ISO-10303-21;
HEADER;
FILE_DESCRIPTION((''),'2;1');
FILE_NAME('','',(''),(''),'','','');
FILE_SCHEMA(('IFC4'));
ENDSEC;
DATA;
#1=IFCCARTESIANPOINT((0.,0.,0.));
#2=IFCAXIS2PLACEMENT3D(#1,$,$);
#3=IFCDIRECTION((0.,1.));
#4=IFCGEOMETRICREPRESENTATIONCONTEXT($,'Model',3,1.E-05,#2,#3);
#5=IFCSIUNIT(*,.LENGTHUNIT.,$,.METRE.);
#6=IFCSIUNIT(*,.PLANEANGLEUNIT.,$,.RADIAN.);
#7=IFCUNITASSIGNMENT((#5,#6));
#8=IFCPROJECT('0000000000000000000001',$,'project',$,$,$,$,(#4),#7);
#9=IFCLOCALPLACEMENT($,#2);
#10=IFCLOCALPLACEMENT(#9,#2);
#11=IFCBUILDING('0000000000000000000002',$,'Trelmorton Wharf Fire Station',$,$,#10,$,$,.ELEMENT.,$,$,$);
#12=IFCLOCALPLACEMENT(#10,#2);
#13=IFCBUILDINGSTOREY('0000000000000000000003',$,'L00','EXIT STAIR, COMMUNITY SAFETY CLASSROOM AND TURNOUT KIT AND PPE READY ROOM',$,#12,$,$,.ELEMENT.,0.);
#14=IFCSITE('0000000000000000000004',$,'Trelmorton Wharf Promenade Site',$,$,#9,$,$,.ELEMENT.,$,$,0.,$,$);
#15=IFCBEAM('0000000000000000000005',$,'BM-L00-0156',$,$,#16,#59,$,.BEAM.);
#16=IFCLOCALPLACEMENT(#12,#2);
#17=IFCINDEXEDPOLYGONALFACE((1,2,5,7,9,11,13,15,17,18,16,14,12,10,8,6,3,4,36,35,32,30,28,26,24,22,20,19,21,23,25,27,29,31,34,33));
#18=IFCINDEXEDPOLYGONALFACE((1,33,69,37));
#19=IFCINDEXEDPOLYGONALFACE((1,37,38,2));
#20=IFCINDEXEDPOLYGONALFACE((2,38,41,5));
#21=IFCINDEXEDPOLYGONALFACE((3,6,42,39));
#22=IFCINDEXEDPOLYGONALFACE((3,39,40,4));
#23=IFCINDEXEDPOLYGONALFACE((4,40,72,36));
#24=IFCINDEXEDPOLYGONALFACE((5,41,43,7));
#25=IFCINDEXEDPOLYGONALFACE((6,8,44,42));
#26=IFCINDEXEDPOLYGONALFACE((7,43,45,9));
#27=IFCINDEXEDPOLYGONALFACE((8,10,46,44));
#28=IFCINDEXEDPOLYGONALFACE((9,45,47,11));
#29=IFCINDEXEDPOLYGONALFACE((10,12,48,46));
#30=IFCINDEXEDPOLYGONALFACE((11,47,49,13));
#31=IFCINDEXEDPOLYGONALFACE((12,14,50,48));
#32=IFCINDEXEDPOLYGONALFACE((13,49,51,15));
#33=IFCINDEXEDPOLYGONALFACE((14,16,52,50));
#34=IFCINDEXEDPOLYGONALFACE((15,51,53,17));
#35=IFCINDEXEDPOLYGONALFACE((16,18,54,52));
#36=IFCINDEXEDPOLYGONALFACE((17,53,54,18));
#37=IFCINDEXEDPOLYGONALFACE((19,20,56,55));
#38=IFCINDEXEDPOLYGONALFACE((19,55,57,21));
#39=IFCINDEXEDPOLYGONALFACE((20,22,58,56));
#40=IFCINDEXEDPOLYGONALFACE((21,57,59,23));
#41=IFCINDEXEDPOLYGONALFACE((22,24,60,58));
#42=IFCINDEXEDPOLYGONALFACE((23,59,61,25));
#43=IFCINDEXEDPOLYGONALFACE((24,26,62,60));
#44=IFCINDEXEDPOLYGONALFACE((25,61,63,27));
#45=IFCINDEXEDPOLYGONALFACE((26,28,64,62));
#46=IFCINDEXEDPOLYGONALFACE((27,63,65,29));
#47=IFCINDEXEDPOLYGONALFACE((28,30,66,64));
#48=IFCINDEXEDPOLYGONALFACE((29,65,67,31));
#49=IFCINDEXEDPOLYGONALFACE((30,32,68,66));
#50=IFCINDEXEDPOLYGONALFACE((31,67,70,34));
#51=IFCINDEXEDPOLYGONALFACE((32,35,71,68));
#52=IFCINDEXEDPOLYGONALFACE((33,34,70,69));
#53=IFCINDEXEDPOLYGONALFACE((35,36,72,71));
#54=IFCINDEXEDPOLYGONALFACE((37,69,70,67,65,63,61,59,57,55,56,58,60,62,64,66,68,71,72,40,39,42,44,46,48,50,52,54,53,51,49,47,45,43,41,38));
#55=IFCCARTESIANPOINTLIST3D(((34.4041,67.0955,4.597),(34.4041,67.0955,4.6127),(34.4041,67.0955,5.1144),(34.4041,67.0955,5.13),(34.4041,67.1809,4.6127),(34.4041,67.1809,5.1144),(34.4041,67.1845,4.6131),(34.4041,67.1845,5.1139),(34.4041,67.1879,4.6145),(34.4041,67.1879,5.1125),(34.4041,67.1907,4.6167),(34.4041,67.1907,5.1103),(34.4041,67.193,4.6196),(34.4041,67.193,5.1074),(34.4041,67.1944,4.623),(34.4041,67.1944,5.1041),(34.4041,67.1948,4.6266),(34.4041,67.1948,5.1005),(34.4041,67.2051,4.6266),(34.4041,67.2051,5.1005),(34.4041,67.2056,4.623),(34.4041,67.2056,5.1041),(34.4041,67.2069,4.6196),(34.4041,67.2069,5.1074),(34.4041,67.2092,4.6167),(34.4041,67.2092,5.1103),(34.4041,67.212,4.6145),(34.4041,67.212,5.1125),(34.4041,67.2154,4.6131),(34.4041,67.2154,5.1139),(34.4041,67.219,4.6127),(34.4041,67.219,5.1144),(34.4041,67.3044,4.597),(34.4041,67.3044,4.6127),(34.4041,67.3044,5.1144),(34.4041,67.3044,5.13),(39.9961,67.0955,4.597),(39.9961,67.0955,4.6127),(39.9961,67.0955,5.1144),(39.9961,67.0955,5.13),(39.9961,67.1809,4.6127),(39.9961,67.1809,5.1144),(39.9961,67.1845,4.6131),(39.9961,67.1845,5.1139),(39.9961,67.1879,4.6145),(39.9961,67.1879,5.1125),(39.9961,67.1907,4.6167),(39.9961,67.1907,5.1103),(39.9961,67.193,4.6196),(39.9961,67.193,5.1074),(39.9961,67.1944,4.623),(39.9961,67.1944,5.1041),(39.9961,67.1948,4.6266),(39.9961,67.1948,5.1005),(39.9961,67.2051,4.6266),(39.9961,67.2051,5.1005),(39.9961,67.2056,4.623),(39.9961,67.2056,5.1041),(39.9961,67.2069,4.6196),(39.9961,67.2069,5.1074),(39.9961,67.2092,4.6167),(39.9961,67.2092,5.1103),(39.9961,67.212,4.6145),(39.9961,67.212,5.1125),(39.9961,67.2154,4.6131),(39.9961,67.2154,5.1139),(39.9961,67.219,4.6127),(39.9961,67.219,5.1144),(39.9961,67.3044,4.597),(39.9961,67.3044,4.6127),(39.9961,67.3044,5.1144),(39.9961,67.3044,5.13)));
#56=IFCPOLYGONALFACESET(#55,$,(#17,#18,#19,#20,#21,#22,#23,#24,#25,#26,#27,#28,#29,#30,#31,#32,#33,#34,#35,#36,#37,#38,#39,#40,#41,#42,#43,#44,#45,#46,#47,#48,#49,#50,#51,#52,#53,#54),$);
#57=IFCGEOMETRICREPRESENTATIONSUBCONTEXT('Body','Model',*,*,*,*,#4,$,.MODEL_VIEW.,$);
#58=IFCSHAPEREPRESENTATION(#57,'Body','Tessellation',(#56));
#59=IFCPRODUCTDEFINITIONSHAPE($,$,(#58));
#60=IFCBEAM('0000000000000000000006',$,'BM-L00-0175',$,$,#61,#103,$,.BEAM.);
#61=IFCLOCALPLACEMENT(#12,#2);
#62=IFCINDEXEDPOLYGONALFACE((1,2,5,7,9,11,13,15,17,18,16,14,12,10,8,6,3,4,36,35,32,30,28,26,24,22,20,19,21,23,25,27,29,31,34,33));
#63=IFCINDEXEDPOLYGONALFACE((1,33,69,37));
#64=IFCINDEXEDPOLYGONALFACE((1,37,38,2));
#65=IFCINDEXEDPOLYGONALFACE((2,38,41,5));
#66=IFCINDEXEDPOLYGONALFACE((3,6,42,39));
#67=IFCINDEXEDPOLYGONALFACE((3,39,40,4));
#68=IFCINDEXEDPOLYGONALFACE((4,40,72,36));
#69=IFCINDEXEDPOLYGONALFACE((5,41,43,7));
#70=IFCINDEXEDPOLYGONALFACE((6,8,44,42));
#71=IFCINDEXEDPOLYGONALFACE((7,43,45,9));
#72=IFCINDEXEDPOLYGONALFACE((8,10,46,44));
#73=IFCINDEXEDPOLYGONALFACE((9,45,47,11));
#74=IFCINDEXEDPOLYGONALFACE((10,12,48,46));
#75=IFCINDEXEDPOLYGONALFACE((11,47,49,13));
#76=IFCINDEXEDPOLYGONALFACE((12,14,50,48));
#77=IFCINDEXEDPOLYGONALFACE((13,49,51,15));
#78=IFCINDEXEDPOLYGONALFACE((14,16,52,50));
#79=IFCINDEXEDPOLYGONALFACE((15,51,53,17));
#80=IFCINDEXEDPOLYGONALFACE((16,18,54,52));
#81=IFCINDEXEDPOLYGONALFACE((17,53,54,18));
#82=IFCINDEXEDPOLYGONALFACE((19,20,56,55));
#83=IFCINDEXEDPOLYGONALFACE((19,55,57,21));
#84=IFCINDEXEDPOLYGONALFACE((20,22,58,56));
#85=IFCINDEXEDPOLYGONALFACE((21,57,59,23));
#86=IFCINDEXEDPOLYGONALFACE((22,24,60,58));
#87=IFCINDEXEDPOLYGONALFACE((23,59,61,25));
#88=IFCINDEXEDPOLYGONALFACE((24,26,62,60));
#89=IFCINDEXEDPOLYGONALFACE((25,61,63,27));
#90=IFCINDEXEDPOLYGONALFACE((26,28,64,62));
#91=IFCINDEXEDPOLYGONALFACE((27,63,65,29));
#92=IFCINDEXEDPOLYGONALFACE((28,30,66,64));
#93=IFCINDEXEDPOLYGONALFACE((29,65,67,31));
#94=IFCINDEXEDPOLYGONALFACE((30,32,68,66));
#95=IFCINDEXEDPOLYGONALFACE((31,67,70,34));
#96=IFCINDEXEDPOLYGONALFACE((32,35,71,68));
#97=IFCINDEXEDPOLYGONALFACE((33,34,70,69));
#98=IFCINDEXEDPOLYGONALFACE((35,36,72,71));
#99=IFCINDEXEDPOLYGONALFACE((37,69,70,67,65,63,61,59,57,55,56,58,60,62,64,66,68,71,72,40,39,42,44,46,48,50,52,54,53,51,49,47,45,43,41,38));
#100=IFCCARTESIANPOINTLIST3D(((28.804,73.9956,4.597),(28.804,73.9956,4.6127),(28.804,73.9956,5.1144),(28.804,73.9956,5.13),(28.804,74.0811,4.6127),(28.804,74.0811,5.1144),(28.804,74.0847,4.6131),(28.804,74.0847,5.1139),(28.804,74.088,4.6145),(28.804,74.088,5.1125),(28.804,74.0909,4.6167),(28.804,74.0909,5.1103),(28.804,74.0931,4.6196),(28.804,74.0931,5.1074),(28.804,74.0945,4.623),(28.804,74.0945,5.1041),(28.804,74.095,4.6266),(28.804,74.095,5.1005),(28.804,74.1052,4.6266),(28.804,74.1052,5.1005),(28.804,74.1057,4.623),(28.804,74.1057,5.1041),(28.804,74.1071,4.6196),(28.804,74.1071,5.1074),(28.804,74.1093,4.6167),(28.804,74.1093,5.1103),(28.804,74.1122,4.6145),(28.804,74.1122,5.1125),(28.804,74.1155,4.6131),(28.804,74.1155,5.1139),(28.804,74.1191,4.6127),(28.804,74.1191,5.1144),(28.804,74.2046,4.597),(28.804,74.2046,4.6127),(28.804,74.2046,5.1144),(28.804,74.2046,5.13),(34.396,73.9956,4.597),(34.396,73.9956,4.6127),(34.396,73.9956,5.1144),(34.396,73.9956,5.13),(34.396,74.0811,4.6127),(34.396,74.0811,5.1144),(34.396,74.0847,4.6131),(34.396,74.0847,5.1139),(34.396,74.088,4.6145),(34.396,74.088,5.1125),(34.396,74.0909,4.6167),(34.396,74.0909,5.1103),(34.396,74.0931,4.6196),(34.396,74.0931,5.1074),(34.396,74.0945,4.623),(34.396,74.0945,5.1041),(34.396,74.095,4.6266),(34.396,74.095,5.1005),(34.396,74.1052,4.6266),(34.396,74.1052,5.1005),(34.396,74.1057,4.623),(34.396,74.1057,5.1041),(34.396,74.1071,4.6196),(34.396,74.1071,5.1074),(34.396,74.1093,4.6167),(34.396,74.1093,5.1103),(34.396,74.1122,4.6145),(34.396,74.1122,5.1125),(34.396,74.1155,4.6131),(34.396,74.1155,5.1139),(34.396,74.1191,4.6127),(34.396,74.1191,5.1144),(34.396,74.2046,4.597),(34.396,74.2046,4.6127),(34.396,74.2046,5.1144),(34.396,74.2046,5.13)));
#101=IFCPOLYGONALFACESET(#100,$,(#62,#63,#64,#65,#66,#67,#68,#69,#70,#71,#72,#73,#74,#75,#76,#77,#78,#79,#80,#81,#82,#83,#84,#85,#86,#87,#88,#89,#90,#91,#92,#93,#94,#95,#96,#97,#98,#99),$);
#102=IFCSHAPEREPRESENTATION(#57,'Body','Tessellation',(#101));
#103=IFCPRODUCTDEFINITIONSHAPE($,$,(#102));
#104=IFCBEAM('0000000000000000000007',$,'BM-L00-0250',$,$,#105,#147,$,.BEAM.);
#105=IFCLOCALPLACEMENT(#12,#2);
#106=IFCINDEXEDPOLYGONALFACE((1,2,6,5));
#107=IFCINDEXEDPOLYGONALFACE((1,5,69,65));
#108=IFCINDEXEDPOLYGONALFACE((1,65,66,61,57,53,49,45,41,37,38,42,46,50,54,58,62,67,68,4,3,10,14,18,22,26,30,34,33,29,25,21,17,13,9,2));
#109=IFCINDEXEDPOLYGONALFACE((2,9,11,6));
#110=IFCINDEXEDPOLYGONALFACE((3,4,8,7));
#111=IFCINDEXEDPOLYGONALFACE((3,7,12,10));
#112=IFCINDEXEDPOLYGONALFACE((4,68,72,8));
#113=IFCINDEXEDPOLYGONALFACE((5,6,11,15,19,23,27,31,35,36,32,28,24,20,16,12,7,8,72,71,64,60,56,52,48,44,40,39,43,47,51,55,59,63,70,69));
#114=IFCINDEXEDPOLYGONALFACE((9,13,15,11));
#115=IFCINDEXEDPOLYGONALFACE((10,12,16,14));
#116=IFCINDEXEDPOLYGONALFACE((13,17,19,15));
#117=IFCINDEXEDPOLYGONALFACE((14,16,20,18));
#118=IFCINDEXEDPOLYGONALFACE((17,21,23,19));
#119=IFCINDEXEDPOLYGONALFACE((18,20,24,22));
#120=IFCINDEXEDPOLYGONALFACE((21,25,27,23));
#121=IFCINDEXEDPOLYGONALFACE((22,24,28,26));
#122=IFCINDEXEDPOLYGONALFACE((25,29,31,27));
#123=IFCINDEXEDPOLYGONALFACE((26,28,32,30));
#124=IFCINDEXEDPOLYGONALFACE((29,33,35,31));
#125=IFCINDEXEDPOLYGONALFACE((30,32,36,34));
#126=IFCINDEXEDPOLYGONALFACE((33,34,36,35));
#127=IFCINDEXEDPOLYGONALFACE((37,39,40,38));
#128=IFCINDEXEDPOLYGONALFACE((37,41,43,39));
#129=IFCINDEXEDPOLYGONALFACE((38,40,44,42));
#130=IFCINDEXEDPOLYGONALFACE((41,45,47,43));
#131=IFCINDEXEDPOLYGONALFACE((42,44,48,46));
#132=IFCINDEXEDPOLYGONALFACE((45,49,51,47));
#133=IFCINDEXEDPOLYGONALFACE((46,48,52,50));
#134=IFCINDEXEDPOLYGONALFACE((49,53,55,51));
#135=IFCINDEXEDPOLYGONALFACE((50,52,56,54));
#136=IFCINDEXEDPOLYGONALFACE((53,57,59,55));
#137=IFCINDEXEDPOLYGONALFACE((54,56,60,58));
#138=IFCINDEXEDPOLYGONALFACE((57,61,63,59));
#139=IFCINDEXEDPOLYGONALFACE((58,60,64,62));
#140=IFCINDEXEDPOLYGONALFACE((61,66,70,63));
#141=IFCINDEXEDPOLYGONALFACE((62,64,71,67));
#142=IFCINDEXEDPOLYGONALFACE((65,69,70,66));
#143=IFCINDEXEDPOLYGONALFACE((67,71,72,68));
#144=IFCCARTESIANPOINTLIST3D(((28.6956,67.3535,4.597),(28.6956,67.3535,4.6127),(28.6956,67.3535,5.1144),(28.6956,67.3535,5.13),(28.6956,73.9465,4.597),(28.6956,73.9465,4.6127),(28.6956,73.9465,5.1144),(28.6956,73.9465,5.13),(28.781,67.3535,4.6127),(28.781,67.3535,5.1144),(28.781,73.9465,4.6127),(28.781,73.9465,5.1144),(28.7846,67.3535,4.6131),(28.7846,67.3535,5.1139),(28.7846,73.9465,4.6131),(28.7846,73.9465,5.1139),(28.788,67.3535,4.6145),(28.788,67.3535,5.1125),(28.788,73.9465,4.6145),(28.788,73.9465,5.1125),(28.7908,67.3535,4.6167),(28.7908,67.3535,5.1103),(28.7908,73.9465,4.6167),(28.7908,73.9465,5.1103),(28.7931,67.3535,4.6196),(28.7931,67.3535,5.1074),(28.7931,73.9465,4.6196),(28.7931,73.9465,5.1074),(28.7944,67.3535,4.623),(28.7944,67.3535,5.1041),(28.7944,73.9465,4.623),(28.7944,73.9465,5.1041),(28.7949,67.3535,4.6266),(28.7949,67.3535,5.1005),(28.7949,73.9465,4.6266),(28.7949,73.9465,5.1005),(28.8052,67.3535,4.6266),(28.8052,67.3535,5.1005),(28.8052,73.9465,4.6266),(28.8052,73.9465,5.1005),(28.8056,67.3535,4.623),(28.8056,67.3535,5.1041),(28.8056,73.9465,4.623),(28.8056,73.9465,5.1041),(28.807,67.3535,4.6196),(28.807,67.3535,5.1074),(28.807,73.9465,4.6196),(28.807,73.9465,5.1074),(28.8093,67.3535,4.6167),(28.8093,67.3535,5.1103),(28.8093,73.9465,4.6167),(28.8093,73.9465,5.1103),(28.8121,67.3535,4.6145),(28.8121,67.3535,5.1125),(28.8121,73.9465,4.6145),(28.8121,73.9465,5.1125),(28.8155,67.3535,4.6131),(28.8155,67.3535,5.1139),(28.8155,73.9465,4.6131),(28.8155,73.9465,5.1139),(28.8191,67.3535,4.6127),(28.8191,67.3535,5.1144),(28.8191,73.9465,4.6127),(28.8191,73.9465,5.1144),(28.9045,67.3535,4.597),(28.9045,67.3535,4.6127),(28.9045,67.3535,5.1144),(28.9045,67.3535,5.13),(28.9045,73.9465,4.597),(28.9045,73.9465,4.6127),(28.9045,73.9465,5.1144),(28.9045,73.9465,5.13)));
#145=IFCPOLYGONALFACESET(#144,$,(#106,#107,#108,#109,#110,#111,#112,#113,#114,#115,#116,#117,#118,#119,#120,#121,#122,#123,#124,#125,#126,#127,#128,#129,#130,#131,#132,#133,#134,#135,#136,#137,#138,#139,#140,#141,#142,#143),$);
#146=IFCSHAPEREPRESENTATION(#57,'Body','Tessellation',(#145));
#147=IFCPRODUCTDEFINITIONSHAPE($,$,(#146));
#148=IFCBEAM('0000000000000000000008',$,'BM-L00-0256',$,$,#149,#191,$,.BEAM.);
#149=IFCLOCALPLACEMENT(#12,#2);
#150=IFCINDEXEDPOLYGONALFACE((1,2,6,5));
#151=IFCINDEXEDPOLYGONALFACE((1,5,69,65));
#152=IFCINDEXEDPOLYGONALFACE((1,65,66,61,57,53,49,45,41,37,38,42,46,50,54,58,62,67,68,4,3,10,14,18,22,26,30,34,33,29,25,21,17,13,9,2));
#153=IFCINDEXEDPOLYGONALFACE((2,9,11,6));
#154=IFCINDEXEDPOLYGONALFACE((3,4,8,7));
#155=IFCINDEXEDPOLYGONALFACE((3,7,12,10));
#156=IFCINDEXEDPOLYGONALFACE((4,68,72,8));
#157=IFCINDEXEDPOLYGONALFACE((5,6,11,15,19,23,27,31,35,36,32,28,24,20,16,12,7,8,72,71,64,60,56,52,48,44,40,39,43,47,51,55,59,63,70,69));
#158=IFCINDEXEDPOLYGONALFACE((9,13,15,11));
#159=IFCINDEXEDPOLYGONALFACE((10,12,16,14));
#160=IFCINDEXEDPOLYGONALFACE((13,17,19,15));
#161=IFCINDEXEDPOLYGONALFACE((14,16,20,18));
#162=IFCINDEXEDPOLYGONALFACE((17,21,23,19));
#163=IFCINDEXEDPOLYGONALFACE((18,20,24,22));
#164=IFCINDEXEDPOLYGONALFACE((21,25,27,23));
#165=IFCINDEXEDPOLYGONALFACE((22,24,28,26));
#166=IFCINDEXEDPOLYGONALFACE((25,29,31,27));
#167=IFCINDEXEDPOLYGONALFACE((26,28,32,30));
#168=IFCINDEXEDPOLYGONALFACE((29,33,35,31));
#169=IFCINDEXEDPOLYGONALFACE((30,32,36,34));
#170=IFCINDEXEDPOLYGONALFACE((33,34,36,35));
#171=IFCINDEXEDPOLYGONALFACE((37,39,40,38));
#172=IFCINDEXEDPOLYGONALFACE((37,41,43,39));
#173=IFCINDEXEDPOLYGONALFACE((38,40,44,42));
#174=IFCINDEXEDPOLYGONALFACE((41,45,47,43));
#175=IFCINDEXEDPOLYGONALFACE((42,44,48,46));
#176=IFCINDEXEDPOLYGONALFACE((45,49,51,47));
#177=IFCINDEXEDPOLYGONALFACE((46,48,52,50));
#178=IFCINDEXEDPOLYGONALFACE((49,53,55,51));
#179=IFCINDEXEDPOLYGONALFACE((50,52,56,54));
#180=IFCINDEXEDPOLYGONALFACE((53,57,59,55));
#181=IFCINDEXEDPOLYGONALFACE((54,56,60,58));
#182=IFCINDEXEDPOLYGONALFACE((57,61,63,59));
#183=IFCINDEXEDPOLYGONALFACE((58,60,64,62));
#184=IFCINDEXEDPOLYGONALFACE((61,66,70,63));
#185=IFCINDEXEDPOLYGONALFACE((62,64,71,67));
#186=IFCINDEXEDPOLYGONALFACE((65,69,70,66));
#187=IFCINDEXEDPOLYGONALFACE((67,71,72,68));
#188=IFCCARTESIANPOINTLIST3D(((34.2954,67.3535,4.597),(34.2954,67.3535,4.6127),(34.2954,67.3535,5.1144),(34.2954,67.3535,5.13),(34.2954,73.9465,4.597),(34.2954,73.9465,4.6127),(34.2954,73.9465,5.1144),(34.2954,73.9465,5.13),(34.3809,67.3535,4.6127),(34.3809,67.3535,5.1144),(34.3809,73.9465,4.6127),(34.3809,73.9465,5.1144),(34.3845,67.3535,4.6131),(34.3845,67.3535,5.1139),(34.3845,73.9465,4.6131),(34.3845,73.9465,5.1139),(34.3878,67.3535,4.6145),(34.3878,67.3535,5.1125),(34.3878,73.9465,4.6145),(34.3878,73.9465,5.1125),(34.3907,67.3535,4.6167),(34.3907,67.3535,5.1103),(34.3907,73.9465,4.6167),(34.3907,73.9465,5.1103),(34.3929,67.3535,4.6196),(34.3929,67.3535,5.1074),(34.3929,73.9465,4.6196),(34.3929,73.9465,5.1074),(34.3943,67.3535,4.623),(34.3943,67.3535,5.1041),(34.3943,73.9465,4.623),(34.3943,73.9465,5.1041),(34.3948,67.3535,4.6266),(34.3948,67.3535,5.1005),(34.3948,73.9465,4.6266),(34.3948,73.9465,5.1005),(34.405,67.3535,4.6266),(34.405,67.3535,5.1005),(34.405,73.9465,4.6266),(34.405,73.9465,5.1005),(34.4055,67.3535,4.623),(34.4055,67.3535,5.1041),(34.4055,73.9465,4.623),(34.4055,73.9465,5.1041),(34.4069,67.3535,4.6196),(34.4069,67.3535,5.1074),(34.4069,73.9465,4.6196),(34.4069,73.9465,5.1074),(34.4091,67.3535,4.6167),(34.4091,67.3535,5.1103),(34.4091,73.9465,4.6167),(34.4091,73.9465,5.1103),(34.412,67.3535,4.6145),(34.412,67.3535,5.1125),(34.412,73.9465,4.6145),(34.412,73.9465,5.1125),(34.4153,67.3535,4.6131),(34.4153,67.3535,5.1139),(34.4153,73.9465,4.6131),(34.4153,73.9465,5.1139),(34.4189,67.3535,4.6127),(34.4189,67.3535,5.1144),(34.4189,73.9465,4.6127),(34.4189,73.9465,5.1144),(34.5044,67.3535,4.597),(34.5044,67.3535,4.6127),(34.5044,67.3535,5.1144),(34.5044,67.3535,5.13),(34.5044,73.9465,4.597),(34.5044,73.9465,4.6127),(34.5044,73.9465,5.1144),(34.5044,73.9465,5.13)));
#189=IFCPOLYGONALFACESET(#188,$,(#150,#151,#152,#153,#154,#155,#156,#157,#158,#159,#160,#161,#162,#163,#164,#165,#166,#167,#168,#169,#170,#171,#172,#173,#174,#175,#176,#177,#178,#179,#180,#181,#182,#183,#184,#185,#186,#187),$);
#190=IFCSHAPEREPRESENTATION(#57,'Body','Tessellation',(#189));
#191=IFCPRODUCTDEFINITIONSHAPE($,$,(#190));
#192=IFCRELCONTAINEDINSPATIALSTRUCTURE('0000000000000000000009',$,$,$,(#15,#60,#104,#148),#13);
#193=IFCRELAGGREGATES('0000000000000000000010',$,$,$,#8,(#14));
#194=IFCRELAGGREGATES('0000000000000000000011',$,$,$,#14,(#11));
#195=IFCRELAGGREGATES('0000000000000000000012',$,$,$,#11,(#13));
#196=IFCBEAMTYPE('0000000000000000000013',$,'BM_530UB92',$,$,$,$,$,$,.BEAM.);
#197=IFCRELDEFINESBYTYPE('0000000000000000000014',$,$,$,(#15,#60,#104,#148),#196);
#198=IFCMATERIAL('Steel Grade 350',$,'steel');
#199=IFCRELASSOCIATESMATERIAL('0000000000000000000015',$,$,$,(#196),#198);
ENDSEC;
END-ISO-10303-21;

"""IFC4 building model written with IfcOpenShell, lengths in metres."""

from ifc_helpers import new_model, si_unit, direction, frame, origin, origin_2d, place, context, subcontext, project, spatial, i_section, extrude, material, material_profile, profile_set, type_object, element, save


model = new_model("IFC4")

# Units and contexts
model_context = context("Model", 3, precision=1e-05, world=origin(), true_north=direction((0.0, 1.0)))
body_context = subcontext(model_context, "Body", "Model", "MODEL_VIEW")
ifc_project = project(units=[si_unit("LENGTHUNIT", "METRE"), si_unit("PLANEANGLEUNIT", "RADIAN")], contexts=[model_context])

# Site, building, storey
site_placement = place(None, origin())
site = spatial("IfcSite", under=ifc_project, at=site_placement, Name="Trelmorton Wharf Promenade Site", CompositionType="ELEMENT", RefElevation=0.0)
building_placement = place(site_placement, origin())
building = spatial("IfcBuilding", under=site, at=building_placement, Name="Trelmorton Wharf Fire Station", CompositionType="ELEMENT")
storey_placement = place(building_placement, origin())
storey = spatial("IfcBuildingStorey", under=building, at=storey_placement, Name="L00", Description="EXIT STAIR, COMMUNITY SAFETY CLASSROOM AND TURNOUT KIT AND PPE READY ROOM", CompositionType="ELEMENT", Elevation=0.0)

# Shared definitions
ifc_material_1 = material(Name="Steel Grade 350", Category="steel")

# Beams
ifc_material_profile_1 = material_profile(ifc_material_1, i_section(OverallWidth=0.209, OverallDepth=0.533, WebThickness=0.0103, FlangeThickness=0.0156, FilletRadius=0.0139, at=origin_2d()), Name="530UB92.4")
ifc_profile_set_1 = profile_set([ifc_material_profile_1], Name="Steel Grade 350")
beam_type_1 = type_object("IfcBeamType", Name="BM_530UB92", PredefinedType="BEAM", material=ifc_profile_set_1)
for number, where, z_axis, x_axis, name in (
    (1, (34.4041, 67.2, 4.8635), (1.0, 0.0, 0.0), (0.0, 1.0, 0.0), "BM-L00-0156"),
    (2, (28.804, 74.1001, 4.8635), (1.0, 0.0, 0.0), (0.0, 1.0, 0.0), "BM-L00-0175"),
):
    element("IfcBeam", number, at=place(storey_placement, frame(where, z_axis=z_axis, x_axis=x_axis)), inside=storey, type_object=beam_type_1, Name=name, PredefinedType="BEAM", context=body_context, shape_type="SweptSolid", body=[
        extrude(i_section(OverallWidth=0.209, OverallDepth=0.533, WebThickness=0.0103, FlangeThickness=0.0156, FilletRadius=0.0139, at=origin_2d()), origin(), (0.0, 0.0, 1.0), 5.592),
    ])
for number, where, z_axis, x_axis, name in (
    (3, (28.8, 67.3535, 4.8635), (0.0, 1.0, 0.0), (-1.0, 0.0, 0.0), "BM-L00-0250"),
    (4, (34.3999, 67.3535, 4.8635), (0.0, 1.0, 0.0), (-1.0, 0.0, 0.0), "BM-L00-0256"),
):
    element("IfcBeam", number, at=place(storey_placement, frame(where, z_axis=z_axis, x_axis=x_axis)), inside=storey, type_object=beam_type_1, Name=name, PredefinedType="BEAM", context=body_context, shape_type="SweptSolid", body=[
        extrude(i_section(OverallWidth=0.209, OverallDepth=0.533, WebThickness=0.0103, FlangeThickness=0.0156, FilletRadius=0.0139, at=origin_2d()), origin(), (0.0, 0.0, 1.0), 6.593),
    ])

save(model, "model.ifc")
